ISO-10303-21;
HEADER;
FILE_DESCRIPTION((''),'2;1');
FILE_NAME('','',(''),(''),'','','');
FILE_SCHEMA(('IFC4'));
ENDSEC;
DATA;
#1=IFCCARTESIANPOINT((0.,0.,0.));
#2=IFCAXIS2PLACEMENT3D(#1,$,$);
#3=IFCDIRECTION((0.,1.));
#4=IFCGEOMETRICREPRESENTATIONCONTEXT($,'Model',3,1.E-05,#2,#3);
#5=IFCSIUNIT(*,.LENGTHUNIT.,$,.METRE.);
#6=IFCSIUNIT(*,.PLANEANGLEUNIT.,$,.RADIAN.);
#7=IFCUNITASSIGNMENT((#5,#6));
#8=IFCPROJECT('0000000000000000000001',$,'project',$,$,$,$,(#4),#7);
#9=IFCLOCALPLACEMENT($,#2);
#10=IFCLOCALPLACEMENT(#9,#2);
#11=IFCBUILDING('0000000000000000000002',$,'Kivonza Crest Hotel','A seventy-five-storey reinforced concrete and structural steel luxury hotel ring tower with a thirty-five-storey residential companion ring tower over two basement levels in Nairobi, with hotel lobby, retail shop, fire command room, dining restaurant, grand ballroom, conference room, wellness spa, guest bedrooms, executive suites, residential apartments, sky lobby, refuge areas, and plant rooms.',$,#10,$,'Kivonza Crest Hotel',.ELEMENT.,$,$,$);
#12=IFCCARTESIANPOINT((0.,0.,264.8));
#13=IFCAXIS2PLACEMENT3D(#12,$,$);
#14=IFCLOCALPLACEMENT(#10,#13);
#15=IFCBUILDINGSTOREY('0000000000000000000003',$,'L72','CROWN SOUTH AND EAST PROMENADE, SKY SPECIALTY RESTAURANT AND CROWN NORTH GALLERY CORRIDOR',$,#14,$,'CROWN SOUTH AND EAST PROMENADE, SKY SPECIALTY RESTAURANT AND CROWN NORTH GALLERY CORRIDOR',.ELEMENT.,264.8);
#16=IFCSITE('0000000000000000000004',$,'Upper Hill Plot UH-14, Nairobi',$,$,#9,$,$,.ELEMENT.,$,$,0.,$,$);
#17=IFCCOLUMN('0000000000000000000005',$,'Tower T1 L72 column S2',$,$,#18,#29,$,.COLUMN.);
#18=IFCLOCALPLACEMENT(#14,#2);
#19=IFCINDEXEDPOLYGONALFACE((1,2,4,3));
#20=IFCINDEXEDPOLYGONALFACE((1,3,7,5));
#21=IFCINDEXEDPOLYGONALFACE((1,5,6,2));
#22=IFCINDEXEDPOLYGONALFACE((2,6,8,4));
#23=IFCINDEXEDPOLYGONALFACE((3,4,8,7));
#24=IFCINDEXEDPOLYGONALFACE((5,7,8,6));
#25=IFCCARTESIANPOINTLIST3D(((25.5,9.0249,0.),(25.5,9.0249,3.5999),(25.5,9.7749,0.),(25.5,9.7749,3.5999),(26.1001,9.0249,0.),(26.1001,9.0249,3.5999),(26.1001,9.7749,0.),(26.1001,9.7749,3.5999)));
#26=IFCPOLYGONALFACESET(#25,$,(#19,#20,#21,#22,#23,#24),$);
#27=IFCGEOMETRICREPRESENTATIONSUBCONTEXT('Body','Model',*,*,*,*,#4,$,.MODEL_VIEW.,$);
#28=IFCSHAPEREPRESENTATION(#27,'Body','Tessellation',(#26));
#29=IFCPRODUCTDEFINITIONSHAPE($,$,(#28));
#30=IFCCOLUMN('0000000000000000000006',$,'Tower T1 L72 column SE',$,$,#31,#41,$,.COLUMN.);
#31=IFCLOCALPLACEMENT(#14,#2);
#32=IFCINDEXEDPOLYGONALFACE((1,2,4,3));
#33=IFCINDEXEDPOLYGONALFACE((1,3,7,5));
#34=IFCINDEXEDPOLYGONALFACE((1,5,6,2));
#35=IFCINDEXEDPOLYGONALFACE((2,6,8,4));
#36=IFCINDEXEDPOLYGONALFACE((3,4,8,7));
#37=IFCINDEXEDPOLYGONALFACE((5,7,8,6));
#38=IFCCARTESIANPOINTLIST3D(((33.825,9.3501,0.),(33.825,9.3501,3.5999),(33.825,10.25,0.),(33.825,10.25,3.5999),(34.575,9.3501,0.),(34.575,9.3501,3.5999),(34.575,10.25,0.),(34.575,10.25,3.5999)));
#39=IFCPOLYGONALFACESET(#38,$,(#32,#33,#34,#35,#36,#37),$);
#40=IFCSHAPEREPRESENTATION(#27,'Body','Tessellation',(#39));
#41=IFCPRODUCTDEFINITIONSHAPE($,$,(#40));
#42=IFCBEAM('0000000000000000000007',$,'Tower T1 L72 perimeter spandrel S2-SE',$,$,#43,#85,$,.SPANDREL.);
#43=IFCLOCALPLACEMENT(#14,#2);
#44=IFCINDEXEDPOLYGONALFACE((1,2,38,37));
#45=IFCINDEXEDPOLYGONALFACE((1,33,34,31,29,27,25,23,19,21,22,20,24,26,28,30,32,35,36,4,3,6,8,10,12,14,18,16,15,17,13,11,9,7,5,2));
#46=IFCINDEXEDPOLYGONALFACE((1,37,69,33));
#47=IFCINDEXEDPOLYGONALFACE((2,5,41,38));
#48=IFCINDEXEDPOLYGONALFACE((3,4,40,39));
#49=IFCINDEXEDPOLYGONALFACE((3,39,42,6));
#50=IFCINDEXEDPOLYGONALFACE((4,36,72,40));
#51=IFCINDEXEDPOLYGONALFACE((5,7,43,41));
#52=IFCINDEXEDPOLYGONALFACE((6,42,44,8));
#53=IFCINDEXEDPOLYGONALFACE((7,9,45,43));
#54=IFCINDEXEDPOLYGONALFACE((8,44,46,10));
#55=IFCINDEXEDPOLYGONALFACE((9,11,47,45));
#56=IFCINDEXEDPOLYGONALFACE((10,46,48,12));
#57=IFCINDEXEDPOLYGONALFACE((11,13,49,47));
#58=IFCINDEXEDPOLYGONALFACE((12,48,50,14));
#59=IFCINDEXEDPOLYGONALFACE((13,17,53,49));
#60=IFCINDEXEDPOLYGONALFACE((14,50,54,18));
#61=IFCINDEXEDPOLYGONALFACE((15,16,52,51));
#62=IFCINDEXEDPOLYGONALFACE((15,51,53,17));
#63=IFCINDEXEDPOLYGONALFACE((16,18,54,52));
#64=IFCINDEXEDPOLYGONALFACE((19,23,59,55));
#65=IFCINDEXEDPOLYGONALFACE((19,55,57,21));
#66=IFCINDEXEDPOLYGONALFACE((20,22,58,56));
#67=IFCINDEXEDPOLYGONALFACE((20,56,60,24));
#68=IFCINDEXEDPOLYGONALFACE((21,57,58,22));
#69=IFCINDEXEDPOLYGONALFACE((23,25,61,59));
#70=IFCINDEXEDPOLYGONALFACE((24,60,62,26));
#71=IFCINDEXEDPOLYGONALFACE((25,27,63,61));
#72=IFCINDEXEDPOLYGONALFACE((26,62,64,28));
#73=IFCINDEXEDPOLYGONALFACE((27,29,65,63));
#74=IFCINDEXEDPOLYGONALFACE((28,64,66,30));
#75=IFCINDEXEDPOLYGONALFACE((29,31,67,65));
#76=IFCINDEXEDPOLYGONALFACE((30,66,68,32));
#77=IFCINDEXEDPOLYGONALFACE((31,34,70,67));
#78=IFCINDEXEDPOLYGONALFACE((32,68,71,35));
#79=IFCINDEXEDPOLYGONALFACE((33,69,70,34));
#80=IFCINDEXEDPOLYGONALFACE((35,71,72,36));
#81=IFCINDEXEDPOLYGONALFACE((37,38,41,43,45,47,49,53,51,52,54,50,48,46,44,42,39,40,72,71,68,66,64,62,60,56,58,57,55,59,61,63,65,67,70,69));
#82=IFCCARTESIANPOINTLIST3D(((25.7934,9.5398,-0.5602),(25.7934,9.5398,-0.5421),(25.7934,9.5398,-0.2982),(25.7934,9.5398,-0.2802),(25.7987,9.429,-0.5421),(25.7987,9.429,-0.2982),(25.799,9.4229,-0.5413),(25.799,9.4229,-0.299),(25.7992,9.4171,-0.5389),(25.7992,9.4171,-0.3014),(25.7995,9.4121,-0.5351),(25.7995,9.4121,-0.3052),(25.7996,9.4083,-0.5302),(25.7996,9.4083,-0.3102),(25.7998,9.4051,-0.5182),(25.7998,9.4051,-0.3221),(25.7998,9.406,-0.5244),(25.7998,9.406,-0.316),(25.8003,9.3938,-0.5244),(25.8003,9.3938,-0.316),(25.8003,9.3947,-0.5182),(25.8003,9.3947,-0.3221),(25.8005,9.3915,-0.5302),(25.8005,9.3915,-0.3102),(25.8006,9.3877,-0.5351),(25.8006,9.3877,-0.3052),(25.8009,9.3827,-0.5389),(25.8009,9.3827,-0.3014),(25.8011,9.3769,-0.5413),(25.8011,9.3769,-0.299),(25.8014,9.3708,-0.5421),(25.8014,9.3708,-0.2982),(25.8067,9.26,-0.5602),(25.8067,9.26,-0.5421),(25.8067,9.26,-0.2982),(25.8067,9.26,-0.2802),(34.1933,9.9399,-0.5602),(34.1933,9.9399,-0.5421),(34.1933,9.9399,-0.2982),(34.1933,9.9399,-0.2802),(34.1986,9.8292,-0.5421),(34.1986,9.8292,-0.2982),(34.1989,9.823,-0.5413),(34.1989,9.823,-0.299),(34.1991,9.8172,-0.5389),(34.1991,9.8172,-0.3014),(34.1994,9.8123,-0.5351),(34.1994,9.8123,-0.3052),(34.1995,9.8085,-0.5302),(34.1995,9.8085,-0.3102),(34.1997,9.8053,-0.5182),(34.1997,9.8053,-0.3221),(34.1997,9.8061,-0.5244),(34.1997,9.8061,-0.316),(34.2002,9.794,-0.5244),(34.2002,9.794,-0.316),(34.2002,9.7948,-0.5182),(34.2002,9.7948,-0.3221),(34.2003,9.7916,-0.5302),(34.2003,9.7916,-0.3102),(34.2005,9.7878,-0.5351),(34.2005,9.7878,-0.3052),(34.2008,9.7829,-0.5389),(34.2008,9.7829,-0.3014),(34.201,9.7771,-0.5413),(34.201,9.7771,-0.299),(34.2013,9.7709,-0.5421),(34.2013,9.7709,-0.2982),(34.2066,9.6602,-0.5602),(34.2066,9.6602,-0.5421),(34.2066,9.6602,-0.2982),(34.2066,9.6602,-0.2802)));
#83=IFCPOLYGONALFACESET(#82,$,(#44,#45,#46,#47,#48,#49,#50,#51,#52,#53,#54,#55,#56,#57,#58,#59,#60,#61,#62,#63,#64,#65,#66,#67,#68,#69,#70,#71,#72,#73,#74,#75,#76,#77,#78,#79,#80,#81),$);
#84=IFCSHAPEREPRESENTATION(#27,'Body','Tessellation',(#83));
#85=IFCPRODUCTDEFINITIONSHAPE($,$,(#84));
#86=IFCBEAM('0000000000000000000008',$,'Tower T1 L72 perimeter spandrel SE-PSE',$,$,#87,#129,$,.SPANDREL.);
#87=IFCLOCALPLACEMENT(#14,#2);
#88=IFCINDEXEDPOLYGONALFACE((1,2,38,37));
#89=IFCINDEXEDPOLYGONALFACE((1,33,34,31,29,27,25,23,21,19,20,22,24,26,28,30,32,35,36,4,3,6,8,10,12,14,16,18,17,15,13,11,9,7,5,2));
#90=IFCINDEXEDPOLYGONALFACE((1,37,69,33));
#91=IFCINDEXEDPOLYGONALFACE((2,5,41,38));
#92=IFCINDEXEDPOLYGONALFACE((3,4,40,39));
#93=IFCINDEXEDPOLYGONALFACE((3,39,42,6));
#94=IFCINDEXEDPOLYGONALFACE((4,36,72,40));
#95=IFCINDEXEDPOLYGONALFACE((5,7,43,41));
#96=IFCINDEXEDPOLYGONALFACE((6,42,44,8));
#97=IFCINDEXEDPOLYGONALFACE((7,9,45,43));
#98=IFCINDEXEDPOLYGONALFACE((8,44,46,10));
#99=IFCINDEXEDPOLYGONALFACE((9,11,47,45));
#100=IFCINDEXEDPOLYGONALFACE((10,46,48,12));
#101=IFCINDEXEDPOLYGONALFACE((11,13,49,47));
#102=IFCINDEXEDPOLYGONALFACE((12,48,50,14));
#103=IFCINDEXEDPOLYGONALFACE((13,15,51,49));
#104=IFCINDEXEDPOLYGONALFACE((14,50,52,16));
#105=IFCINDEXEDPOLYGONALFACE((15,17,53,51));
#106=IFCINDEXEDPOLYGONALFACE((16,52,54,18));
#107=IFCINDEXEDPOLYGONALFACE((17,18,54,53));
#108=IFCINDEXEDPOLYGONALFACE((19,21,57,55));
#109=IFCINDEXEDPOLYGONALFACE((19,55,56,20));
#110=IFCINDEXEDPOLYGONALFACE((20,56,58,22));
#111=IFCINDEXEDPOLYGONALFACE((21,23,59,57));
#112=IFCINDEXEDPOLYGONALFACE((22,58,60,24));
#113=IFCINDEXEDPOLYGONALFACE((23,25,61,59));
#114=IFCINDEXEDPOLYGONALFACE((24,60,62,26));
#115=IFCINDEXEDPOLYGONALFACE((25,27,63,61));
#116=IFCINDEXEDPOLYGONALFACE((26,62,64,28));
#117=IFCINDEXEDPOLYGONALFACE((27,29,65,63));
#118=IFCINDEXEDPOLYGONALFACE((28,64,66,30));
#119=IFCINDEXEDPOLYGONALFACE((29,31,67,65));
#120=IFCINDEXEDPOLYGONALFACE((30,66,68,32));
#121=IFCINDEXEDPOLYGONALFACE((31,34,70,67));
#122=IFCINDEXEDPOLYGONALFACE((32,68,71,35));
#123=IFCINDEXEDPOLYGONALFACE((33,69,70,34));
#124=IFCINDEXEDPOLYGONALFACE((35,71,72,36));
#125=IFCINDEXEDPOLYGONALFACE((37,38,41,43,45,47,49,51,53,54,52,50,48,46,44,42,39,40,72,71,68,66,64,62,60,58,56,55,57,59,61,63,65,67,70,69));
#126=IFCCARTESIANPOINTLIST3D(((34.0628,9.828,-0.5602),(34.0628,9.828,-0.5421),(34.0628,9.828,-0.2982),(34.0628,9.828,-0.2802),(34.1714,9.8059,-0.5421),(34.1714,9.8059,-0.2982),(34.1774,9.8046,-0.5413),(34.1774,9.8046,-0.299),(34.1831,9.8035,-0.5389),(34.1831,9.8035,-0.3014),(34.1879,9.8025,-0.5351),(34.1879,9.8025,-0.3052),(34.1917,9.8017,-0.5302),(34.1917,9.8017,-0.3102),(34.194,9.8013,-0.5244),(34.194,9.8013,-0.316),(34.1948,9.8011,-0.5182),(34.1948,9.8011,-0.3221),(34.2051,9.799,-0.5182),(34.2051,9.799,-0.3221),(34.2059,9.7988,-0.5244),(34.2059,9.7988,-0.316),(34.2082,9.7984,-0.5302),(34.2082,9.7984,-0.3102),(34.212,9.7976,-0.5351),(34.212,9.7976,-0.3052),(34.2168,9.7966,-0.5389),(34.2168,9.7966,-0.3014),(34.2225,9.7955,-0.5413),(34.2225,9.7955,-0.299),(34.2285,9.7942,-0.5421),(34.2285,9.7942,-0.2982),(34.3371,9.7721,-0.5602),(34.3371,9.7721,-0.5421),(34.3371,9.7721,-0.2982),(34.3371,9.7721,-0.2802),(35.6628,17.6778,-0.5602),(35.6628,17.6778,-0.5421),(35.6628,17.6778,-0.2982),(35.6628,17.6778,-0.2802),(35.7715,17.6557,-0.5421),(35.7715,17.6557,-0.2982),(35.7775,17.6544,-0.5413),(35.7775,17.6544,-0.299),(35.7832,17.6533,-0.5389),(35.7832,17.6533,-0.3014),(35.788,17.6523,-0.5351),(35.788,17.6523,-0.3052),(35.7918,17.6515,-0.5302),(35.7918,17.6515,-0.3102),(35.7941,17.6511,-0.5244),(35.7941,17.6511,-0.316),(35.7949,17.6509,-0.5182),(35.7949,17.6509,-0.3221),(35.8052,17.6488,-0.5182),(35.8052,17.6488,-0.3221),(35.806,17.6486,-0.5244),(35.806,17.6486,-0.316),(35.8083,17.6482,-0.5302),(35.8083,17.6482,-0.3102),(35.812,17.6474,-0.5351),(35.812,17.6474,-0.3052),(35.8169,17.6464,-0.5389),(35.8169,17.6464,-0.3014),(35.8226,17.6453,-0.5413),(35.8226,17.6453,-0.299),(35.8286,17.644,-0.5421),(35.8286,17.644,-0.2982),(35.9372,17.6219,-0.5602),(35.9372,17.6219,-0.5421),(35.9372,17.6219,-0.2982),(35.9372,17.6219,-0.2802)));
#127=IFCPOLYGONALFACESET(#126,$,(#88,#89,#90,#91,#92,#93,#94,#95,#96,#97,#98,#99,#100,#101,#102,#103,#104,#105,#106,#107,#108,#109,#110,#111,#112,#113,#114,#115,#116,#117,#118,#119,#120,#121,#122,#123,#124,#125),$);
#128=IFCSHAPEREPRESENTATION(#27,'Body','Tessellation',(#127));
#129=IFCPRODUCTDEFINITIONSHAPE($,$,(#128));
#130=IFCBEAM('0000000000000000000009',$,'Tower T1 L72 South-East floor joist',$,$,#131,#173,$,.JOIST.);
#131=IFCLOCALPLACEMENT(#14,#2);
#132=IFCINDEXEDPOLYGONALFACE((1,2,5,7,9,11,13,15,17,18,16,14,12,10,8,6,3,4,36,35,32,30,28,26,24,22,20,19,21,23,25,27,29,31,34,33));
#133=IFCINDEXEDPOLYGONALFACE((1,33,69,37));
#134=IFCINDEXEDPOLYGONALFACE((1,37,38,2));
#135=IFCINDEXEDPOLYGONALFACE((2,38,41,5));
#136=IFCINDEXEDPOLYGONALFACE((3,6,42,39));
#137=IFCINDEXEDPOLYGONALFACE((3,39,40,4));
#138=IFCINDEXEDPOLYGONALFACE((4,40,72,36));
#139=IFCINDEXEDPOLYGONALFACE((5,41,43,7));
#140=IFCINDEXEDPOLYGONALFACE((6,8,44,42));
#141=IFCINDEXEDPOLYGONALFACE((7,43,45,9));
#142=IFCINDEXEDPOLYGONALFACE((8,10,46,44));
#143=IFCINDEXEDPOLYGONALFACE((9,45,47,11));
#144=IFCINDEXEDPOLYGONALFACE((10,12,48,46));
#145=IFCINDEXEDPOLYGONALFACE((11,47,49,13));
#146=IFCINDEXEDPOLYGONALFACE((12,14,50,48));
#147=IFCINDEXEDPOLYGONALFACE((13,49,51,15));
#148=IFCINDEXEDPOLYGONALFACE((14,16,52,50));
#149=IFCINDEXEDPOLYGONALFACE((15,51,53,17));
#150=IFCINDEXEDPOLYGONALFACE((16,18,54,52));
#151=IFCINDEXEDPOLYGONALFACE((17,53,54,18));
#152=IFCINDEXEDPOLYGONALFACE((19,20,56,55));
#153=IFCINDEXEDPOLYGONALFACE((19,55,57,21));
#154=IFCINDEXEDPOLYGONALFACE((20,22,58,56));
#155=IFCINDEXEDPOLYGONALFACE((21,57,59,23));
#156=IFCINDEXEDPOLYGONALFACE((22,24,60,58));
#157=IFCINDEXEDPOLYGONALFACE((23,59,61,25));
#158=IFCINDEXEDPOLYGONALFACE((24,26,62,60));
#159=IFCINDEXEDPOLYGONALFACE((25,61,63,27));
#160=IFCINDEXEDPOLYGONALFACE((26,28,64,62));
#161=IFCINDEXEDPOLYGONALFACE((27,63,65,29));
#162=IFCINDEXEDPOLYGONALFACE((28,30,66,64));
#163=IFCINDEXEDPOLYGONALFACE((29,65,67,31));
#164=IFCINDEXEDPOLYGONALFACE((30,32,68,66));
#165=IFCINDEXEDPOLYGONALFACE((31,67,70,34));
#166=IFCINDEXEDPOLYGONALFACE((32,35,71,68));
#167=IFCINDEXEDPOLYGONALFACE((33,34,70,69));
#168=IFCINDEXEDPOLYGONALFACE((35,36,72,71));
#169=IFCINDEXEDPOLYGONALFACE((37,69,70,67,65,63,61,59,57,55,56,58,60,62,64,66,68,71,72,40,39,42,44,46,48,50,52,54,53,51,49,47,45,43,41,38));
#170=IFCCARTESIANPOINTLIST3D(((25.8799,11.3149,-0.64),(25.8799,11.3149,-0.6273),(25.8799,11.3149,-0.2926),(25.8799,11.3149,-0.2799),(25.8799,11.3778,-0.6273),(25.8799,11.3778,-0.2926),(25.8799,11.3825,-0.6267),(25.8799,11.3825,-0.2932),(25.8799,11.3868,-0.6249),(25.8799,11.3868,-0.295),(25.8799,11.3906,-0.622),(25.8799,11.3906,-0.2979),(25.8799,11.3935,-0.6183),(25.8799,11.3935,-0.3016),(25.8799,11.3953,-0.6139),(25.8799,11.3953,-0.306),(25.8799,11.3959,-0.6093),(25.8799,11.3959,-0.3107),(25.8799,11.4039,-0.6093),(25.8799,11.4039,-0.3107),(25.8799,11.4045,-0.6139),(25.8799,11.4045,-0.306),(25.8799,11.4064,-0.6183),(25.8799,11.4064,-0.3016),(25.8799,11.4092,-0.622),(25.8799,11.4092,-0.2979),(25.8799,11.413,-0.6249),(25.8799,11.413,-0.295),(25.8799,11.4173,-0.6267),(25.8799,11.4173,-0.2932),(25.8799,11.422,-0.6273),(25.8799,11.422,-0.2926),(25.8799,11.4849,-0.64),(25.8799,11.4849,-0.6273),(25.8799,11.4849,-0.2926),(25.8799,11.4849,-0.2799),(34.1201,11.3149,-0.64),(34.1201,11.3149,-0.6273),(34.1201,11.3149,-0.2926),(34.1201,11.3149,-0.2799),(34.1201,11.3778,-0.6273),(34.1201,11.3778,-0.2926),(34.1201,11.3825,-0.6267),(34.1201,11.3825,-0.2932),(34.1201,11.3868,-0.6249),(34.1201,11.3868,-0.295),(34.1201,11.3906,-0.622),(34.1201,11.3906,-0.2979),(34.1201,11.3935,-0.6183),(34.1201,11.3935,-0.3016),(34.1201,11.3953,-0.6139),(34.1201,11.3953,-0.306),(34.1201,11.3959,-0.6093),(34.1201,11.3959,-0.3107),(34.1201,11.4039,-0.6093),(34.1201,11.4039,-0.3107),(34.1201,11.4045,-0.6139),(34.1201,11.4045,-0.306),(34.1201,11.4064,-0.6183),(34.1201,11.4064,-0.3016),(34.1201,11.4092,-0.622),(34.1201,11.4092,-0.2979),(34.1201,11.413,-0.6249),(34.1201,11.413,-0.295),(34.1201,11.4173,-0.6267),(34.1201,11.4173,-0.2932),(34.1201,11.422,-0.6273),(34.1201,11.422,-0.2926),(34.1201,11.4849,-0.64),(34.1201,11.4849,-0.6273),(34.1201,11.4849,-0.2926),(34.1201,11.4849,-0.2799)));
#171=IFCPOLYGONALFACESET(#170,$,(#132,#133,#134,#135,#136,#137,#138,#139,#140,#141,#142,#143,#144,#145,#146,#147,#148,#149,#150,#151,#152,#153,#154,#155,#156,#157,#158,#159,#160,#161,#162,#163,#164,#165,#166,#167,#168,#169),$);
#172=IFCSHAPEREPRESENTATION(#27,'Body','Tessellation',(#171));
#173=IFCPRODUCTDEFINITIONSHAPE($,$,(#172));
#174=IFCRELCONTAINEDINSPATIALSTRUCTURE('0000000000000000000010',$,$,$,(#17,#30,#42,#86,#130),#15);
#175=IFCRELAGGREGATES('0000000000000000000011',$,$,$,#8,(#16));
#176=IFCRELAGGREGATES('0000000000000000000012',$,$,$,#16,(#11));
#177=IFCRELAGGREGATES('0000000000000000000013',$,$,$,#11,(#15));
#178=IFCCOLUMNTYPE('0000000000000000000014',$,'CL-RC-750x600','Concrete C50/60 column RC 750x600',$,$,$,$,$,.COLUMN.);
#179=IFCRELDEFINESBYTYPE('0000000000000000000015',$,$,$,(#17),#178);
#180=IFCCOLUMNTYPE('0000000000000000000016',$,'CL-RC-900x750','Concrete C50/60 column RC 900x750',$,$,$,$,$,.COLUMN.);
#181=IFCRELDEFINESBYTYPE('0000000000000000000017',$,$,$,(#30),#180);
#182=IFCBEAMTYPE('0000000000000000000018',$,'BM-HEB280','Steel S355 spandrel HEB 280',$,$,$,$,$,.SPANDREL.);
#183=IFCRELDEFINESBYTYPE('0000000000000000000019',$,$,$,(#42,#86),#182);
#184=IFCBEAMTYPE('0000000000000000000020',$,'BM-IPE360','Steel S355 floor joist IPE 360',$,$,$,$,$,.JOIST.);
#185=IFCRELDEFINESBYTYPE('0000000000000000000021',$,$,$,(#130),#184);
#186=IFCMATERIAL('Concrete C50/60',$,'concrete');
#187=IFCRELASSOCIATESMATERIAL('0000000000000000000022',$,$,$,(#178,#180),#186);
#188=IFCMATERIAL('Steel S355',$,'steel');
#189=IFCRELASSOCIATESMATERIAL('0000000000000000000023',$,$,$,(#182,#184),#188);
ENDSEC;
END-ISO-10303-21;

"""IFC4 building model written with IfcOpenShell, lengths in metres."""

from ifc_helpers import new_model, si_unit, direction, frame, origin, origin_2d, place, context, subcontext, project, spatial, rectangle, i_section, extrude, material, material_profile, profile_set, type_object, element, save


model = new_model("IFC4")

# Units and contexts
model_context = context("Model", 3, precision=1e-05, world=origin(), true_north=direction((0.0, 1.0)))
body_context = subcontext(model_context, "Body", "Model", "MODEL_VIEW")
ifc_project = project(units=[si_unit("LENGTHUNIT", "METRE"), si_unit("PLANEANGLEUNIT", "RADIAN")], contexts=[model_context])

# Site, building, storey
site_placement = place(None, origin())
site = spatial("IfcSite", under=ifc_project, at=site_placement, Name="Upper Hill Plot UH-14, Nairobi", CompositionType="ELEMENT", RefElevation=0.0)
building_placement = place(site_placement, origin())
building = spatial("IfcBuilding", under=site, at=building_placement, Name="Kivonza Crest Hotel", Description="A seventy-five-storey reinforced concrete and structural steel luxury hotel ring tower with a thirty-five-storey residential companion ring tower over two basement levels in Nairobi, with hotel lobby, retail shop, fire command room, dining restaurant, grand ballroom, conference room, wellness spa, guest bedrooms, executive suites, residential apartments, sky lobby, refuge areas, and plant rooms.", LongName="Kivonza Crest Hotel", CompositionType="ELEMENT")
storey_placement = place(building_placement, frame((0.0, 0.0, 264.8)))
storey = spatial("IfcBuildingStorey", under=building, at=storey_placement, Name="L72", Description="CROWN SOUTH AND EAST PROMENADE, SKY SPECIALTY RESTAURANT AND CROWN NORTH GALLERY CORRIDOR", LongName="CROWN SOUTH AND EAST PROMENADE, SKY SPECIALTY RESTAURANT AND CROWN NORTH GALLERY CORRIDOR", CompositionType="ELEMENT", Elevation=264.8)

# Columns
ifc_material_1 = material(Name="Concrete C50/60", Category="concrete")
ifc_material_profile_1 = material_profile(ifc_material_1, rectangle(XDim=0.6001, YDim=0.75, at=origin_2d()), Name="RC 750x600")
ifc_profile_set_1 = profile_set([ifc_material_profile_1], Name="Concrete C50/60")
column_type_1 = type_object("IfcColumnType", Name="CL-RC-750x600", Description="Concrete C50/60 column RC 750x600", PredefinedType="COLUMN", material=ifc_profile_set_1)
column_1_placement = place(storey_placement, frame((25.8, 9.3999, 0.0), z_axis=(0.0, 0.0, 1.0), x_axis=(1.0, 0.0, 0.0)))
element("IfcColumn", 1, at=column_1_placement, inside=storey, type_object=column_type_1, Name="Tower T1 L72 column S2", PredefinedType="COLUMN", context=body_context, shape_type="SweptSolid", body=[
    extrude(rectangle(XDim=0.6001, YDim=0.75, at=origin_2d()), origin(), (0.0, 0.0, 1.0), 3.5999),
])
ifc_material_profile_2 = material_profile(ifc_material_1, rectangle(XDim=0.75, YDim=0.8999, at=origin_2d()), Name="RC 900x750")
ifc_profile_set_2 = profile_set([ifc_material_profile_2], Name="Concrete C50/60")
column_type_2 = type_object("IfcColumnType", Name="CL-RC-900x750", Description="Concrete C50/60 column RC 900x750", PredefinedType="COLUMN", material=ifc_profile_set_2)
column_2_placement = place(storey_placement, frame((34.2, 9.8, 0.0), z_axis=(0.0, 0.0, 1.0), x_axis=(1.0, 0.0, 0.0)))
element("IfcColumn", 2, at=column_2_placement, inside=storey, type_object=column_type_2, Name="Tower T1 L72 column SE", PredefinedType="COLUMN", context=body_context, shape_type="SweptSolid", body=[
    extrude(rectangle(XDim=0.75, YDim=0.8999, at=origin_2d()), origin(), (0.0, 0.0, 1.0), 3.5999),
])

# Beams
ifc_material_2 = material(Name="Steel S355", Category="steel")
ifc_material_profile_3 = material_profile(ifc_material_2, i_section(OverallWidth=0.28, OverallDepth=0.28, WebThickness=0.0105, FlangeThickness=0.0181, FilletRadius=0.0239, at=origin_2d()), Name="HEB 280")
ifc_profile_set_3 = profile_set([ifc_material_profile_3], Name="Steel S355")
beam_type_1 = type_object("IfcBeamType", Name="BM-HEB280", Description="Steel S355 spandrel HEB 280", PredefinedType="SPANDREL", material=ifc_profile_set_3)
beam_1_placement = place(storey_placement, frame((25.8, 9.3999, -0.4202), z_axis=(0.998867, 0.047583, 0.0), x_axis=(-0.047583, 0.998867, 0.0)))
element("IfcBeam", 3, at=beam_1_placement, inside=storey, type_object=beam_type_1, Name="Tower T1 L72 perimeter spandrel S2-SE", PredefinedType="SPANDREL", context=body_context, shape_type="SweptSolid", body=[
    extrude(i_section(OverallWidth=0.28, OverallDepth=0.28, WebThickness=0.0105, FlangeThickness=0.0181, FilletRadius=0.0239, at=origin_2d()), origin(), (0.0, 0.0, 1.0), 8.4094),
])
beam_2_placement = place(storey_placement, frame((34.2, 9.8, -0.4202), z_axis=(0.199731, 0.979851, 0.0), x_axis=(-0.979851, 0.199731, 0.0)))
element("IfcBeam", 4, at=beam_2_placement, inside=storey, type_object=beam_type_1, Name="Tower T1 L72 perimeter spandrel SE-PSE", PredefinedType="SPANDREL", context=body_context, shape_type="SweptSolid", body=[
    extrude(i_section(OverallWidth=0.28, OverallDepth=0.28, WebThickness=0.0105, FlangeThickness=0.0181, FilletRadius=0.0239, at=origin_2d()), origin(), (0.0, 0.0, 1.0), 8.0112),
])
ifc_material_profile_4 = material_profile(ifc_material_2, i_section(OverallWidth=0.1699, OverallDepth=0.3601, WebThickness=0.0081, FlangeThickness=0.0127, FilletRadius=0.0181, at=origin_2d()), Name="IPE 360")
ifc_profile_set_4 = profile_set([ifc_material_profile_4], Name="Steel S355")
beam_type_2 = type_object("IfcBeamType", Name="BM-IPE360", Description="Steel S355 floor joist IPE 360", PredefinedType="JOIST", material=ifc_profile_set_4)
beam_3_placement = place(storey_placement, frame((25.8799, 11.3999, -0.46), z_axis=(1.0, 0.0, 0.0), x_axis=(0.0, 1.0, 0.0)))
element("IfcBeam", 5, at=beam_3_placement, inside=storey, type_object=beam_type_2, Name="Tower T1 L72 South-East floor joist", PredefinedType="JOIST", context=body_context, shape_type="SweptSolid", body=[
    extrude(i_section(OverallWidth=0.1699, OverallDepth=0.3601, WebThickness=0.0081, FlangeThickness=0.0127, FilletRadius=0.0181, at=origin_2d()), origin(), (0.0, 0.0, 1.0), 8.2402),
])

save(model, "model.ifc")
